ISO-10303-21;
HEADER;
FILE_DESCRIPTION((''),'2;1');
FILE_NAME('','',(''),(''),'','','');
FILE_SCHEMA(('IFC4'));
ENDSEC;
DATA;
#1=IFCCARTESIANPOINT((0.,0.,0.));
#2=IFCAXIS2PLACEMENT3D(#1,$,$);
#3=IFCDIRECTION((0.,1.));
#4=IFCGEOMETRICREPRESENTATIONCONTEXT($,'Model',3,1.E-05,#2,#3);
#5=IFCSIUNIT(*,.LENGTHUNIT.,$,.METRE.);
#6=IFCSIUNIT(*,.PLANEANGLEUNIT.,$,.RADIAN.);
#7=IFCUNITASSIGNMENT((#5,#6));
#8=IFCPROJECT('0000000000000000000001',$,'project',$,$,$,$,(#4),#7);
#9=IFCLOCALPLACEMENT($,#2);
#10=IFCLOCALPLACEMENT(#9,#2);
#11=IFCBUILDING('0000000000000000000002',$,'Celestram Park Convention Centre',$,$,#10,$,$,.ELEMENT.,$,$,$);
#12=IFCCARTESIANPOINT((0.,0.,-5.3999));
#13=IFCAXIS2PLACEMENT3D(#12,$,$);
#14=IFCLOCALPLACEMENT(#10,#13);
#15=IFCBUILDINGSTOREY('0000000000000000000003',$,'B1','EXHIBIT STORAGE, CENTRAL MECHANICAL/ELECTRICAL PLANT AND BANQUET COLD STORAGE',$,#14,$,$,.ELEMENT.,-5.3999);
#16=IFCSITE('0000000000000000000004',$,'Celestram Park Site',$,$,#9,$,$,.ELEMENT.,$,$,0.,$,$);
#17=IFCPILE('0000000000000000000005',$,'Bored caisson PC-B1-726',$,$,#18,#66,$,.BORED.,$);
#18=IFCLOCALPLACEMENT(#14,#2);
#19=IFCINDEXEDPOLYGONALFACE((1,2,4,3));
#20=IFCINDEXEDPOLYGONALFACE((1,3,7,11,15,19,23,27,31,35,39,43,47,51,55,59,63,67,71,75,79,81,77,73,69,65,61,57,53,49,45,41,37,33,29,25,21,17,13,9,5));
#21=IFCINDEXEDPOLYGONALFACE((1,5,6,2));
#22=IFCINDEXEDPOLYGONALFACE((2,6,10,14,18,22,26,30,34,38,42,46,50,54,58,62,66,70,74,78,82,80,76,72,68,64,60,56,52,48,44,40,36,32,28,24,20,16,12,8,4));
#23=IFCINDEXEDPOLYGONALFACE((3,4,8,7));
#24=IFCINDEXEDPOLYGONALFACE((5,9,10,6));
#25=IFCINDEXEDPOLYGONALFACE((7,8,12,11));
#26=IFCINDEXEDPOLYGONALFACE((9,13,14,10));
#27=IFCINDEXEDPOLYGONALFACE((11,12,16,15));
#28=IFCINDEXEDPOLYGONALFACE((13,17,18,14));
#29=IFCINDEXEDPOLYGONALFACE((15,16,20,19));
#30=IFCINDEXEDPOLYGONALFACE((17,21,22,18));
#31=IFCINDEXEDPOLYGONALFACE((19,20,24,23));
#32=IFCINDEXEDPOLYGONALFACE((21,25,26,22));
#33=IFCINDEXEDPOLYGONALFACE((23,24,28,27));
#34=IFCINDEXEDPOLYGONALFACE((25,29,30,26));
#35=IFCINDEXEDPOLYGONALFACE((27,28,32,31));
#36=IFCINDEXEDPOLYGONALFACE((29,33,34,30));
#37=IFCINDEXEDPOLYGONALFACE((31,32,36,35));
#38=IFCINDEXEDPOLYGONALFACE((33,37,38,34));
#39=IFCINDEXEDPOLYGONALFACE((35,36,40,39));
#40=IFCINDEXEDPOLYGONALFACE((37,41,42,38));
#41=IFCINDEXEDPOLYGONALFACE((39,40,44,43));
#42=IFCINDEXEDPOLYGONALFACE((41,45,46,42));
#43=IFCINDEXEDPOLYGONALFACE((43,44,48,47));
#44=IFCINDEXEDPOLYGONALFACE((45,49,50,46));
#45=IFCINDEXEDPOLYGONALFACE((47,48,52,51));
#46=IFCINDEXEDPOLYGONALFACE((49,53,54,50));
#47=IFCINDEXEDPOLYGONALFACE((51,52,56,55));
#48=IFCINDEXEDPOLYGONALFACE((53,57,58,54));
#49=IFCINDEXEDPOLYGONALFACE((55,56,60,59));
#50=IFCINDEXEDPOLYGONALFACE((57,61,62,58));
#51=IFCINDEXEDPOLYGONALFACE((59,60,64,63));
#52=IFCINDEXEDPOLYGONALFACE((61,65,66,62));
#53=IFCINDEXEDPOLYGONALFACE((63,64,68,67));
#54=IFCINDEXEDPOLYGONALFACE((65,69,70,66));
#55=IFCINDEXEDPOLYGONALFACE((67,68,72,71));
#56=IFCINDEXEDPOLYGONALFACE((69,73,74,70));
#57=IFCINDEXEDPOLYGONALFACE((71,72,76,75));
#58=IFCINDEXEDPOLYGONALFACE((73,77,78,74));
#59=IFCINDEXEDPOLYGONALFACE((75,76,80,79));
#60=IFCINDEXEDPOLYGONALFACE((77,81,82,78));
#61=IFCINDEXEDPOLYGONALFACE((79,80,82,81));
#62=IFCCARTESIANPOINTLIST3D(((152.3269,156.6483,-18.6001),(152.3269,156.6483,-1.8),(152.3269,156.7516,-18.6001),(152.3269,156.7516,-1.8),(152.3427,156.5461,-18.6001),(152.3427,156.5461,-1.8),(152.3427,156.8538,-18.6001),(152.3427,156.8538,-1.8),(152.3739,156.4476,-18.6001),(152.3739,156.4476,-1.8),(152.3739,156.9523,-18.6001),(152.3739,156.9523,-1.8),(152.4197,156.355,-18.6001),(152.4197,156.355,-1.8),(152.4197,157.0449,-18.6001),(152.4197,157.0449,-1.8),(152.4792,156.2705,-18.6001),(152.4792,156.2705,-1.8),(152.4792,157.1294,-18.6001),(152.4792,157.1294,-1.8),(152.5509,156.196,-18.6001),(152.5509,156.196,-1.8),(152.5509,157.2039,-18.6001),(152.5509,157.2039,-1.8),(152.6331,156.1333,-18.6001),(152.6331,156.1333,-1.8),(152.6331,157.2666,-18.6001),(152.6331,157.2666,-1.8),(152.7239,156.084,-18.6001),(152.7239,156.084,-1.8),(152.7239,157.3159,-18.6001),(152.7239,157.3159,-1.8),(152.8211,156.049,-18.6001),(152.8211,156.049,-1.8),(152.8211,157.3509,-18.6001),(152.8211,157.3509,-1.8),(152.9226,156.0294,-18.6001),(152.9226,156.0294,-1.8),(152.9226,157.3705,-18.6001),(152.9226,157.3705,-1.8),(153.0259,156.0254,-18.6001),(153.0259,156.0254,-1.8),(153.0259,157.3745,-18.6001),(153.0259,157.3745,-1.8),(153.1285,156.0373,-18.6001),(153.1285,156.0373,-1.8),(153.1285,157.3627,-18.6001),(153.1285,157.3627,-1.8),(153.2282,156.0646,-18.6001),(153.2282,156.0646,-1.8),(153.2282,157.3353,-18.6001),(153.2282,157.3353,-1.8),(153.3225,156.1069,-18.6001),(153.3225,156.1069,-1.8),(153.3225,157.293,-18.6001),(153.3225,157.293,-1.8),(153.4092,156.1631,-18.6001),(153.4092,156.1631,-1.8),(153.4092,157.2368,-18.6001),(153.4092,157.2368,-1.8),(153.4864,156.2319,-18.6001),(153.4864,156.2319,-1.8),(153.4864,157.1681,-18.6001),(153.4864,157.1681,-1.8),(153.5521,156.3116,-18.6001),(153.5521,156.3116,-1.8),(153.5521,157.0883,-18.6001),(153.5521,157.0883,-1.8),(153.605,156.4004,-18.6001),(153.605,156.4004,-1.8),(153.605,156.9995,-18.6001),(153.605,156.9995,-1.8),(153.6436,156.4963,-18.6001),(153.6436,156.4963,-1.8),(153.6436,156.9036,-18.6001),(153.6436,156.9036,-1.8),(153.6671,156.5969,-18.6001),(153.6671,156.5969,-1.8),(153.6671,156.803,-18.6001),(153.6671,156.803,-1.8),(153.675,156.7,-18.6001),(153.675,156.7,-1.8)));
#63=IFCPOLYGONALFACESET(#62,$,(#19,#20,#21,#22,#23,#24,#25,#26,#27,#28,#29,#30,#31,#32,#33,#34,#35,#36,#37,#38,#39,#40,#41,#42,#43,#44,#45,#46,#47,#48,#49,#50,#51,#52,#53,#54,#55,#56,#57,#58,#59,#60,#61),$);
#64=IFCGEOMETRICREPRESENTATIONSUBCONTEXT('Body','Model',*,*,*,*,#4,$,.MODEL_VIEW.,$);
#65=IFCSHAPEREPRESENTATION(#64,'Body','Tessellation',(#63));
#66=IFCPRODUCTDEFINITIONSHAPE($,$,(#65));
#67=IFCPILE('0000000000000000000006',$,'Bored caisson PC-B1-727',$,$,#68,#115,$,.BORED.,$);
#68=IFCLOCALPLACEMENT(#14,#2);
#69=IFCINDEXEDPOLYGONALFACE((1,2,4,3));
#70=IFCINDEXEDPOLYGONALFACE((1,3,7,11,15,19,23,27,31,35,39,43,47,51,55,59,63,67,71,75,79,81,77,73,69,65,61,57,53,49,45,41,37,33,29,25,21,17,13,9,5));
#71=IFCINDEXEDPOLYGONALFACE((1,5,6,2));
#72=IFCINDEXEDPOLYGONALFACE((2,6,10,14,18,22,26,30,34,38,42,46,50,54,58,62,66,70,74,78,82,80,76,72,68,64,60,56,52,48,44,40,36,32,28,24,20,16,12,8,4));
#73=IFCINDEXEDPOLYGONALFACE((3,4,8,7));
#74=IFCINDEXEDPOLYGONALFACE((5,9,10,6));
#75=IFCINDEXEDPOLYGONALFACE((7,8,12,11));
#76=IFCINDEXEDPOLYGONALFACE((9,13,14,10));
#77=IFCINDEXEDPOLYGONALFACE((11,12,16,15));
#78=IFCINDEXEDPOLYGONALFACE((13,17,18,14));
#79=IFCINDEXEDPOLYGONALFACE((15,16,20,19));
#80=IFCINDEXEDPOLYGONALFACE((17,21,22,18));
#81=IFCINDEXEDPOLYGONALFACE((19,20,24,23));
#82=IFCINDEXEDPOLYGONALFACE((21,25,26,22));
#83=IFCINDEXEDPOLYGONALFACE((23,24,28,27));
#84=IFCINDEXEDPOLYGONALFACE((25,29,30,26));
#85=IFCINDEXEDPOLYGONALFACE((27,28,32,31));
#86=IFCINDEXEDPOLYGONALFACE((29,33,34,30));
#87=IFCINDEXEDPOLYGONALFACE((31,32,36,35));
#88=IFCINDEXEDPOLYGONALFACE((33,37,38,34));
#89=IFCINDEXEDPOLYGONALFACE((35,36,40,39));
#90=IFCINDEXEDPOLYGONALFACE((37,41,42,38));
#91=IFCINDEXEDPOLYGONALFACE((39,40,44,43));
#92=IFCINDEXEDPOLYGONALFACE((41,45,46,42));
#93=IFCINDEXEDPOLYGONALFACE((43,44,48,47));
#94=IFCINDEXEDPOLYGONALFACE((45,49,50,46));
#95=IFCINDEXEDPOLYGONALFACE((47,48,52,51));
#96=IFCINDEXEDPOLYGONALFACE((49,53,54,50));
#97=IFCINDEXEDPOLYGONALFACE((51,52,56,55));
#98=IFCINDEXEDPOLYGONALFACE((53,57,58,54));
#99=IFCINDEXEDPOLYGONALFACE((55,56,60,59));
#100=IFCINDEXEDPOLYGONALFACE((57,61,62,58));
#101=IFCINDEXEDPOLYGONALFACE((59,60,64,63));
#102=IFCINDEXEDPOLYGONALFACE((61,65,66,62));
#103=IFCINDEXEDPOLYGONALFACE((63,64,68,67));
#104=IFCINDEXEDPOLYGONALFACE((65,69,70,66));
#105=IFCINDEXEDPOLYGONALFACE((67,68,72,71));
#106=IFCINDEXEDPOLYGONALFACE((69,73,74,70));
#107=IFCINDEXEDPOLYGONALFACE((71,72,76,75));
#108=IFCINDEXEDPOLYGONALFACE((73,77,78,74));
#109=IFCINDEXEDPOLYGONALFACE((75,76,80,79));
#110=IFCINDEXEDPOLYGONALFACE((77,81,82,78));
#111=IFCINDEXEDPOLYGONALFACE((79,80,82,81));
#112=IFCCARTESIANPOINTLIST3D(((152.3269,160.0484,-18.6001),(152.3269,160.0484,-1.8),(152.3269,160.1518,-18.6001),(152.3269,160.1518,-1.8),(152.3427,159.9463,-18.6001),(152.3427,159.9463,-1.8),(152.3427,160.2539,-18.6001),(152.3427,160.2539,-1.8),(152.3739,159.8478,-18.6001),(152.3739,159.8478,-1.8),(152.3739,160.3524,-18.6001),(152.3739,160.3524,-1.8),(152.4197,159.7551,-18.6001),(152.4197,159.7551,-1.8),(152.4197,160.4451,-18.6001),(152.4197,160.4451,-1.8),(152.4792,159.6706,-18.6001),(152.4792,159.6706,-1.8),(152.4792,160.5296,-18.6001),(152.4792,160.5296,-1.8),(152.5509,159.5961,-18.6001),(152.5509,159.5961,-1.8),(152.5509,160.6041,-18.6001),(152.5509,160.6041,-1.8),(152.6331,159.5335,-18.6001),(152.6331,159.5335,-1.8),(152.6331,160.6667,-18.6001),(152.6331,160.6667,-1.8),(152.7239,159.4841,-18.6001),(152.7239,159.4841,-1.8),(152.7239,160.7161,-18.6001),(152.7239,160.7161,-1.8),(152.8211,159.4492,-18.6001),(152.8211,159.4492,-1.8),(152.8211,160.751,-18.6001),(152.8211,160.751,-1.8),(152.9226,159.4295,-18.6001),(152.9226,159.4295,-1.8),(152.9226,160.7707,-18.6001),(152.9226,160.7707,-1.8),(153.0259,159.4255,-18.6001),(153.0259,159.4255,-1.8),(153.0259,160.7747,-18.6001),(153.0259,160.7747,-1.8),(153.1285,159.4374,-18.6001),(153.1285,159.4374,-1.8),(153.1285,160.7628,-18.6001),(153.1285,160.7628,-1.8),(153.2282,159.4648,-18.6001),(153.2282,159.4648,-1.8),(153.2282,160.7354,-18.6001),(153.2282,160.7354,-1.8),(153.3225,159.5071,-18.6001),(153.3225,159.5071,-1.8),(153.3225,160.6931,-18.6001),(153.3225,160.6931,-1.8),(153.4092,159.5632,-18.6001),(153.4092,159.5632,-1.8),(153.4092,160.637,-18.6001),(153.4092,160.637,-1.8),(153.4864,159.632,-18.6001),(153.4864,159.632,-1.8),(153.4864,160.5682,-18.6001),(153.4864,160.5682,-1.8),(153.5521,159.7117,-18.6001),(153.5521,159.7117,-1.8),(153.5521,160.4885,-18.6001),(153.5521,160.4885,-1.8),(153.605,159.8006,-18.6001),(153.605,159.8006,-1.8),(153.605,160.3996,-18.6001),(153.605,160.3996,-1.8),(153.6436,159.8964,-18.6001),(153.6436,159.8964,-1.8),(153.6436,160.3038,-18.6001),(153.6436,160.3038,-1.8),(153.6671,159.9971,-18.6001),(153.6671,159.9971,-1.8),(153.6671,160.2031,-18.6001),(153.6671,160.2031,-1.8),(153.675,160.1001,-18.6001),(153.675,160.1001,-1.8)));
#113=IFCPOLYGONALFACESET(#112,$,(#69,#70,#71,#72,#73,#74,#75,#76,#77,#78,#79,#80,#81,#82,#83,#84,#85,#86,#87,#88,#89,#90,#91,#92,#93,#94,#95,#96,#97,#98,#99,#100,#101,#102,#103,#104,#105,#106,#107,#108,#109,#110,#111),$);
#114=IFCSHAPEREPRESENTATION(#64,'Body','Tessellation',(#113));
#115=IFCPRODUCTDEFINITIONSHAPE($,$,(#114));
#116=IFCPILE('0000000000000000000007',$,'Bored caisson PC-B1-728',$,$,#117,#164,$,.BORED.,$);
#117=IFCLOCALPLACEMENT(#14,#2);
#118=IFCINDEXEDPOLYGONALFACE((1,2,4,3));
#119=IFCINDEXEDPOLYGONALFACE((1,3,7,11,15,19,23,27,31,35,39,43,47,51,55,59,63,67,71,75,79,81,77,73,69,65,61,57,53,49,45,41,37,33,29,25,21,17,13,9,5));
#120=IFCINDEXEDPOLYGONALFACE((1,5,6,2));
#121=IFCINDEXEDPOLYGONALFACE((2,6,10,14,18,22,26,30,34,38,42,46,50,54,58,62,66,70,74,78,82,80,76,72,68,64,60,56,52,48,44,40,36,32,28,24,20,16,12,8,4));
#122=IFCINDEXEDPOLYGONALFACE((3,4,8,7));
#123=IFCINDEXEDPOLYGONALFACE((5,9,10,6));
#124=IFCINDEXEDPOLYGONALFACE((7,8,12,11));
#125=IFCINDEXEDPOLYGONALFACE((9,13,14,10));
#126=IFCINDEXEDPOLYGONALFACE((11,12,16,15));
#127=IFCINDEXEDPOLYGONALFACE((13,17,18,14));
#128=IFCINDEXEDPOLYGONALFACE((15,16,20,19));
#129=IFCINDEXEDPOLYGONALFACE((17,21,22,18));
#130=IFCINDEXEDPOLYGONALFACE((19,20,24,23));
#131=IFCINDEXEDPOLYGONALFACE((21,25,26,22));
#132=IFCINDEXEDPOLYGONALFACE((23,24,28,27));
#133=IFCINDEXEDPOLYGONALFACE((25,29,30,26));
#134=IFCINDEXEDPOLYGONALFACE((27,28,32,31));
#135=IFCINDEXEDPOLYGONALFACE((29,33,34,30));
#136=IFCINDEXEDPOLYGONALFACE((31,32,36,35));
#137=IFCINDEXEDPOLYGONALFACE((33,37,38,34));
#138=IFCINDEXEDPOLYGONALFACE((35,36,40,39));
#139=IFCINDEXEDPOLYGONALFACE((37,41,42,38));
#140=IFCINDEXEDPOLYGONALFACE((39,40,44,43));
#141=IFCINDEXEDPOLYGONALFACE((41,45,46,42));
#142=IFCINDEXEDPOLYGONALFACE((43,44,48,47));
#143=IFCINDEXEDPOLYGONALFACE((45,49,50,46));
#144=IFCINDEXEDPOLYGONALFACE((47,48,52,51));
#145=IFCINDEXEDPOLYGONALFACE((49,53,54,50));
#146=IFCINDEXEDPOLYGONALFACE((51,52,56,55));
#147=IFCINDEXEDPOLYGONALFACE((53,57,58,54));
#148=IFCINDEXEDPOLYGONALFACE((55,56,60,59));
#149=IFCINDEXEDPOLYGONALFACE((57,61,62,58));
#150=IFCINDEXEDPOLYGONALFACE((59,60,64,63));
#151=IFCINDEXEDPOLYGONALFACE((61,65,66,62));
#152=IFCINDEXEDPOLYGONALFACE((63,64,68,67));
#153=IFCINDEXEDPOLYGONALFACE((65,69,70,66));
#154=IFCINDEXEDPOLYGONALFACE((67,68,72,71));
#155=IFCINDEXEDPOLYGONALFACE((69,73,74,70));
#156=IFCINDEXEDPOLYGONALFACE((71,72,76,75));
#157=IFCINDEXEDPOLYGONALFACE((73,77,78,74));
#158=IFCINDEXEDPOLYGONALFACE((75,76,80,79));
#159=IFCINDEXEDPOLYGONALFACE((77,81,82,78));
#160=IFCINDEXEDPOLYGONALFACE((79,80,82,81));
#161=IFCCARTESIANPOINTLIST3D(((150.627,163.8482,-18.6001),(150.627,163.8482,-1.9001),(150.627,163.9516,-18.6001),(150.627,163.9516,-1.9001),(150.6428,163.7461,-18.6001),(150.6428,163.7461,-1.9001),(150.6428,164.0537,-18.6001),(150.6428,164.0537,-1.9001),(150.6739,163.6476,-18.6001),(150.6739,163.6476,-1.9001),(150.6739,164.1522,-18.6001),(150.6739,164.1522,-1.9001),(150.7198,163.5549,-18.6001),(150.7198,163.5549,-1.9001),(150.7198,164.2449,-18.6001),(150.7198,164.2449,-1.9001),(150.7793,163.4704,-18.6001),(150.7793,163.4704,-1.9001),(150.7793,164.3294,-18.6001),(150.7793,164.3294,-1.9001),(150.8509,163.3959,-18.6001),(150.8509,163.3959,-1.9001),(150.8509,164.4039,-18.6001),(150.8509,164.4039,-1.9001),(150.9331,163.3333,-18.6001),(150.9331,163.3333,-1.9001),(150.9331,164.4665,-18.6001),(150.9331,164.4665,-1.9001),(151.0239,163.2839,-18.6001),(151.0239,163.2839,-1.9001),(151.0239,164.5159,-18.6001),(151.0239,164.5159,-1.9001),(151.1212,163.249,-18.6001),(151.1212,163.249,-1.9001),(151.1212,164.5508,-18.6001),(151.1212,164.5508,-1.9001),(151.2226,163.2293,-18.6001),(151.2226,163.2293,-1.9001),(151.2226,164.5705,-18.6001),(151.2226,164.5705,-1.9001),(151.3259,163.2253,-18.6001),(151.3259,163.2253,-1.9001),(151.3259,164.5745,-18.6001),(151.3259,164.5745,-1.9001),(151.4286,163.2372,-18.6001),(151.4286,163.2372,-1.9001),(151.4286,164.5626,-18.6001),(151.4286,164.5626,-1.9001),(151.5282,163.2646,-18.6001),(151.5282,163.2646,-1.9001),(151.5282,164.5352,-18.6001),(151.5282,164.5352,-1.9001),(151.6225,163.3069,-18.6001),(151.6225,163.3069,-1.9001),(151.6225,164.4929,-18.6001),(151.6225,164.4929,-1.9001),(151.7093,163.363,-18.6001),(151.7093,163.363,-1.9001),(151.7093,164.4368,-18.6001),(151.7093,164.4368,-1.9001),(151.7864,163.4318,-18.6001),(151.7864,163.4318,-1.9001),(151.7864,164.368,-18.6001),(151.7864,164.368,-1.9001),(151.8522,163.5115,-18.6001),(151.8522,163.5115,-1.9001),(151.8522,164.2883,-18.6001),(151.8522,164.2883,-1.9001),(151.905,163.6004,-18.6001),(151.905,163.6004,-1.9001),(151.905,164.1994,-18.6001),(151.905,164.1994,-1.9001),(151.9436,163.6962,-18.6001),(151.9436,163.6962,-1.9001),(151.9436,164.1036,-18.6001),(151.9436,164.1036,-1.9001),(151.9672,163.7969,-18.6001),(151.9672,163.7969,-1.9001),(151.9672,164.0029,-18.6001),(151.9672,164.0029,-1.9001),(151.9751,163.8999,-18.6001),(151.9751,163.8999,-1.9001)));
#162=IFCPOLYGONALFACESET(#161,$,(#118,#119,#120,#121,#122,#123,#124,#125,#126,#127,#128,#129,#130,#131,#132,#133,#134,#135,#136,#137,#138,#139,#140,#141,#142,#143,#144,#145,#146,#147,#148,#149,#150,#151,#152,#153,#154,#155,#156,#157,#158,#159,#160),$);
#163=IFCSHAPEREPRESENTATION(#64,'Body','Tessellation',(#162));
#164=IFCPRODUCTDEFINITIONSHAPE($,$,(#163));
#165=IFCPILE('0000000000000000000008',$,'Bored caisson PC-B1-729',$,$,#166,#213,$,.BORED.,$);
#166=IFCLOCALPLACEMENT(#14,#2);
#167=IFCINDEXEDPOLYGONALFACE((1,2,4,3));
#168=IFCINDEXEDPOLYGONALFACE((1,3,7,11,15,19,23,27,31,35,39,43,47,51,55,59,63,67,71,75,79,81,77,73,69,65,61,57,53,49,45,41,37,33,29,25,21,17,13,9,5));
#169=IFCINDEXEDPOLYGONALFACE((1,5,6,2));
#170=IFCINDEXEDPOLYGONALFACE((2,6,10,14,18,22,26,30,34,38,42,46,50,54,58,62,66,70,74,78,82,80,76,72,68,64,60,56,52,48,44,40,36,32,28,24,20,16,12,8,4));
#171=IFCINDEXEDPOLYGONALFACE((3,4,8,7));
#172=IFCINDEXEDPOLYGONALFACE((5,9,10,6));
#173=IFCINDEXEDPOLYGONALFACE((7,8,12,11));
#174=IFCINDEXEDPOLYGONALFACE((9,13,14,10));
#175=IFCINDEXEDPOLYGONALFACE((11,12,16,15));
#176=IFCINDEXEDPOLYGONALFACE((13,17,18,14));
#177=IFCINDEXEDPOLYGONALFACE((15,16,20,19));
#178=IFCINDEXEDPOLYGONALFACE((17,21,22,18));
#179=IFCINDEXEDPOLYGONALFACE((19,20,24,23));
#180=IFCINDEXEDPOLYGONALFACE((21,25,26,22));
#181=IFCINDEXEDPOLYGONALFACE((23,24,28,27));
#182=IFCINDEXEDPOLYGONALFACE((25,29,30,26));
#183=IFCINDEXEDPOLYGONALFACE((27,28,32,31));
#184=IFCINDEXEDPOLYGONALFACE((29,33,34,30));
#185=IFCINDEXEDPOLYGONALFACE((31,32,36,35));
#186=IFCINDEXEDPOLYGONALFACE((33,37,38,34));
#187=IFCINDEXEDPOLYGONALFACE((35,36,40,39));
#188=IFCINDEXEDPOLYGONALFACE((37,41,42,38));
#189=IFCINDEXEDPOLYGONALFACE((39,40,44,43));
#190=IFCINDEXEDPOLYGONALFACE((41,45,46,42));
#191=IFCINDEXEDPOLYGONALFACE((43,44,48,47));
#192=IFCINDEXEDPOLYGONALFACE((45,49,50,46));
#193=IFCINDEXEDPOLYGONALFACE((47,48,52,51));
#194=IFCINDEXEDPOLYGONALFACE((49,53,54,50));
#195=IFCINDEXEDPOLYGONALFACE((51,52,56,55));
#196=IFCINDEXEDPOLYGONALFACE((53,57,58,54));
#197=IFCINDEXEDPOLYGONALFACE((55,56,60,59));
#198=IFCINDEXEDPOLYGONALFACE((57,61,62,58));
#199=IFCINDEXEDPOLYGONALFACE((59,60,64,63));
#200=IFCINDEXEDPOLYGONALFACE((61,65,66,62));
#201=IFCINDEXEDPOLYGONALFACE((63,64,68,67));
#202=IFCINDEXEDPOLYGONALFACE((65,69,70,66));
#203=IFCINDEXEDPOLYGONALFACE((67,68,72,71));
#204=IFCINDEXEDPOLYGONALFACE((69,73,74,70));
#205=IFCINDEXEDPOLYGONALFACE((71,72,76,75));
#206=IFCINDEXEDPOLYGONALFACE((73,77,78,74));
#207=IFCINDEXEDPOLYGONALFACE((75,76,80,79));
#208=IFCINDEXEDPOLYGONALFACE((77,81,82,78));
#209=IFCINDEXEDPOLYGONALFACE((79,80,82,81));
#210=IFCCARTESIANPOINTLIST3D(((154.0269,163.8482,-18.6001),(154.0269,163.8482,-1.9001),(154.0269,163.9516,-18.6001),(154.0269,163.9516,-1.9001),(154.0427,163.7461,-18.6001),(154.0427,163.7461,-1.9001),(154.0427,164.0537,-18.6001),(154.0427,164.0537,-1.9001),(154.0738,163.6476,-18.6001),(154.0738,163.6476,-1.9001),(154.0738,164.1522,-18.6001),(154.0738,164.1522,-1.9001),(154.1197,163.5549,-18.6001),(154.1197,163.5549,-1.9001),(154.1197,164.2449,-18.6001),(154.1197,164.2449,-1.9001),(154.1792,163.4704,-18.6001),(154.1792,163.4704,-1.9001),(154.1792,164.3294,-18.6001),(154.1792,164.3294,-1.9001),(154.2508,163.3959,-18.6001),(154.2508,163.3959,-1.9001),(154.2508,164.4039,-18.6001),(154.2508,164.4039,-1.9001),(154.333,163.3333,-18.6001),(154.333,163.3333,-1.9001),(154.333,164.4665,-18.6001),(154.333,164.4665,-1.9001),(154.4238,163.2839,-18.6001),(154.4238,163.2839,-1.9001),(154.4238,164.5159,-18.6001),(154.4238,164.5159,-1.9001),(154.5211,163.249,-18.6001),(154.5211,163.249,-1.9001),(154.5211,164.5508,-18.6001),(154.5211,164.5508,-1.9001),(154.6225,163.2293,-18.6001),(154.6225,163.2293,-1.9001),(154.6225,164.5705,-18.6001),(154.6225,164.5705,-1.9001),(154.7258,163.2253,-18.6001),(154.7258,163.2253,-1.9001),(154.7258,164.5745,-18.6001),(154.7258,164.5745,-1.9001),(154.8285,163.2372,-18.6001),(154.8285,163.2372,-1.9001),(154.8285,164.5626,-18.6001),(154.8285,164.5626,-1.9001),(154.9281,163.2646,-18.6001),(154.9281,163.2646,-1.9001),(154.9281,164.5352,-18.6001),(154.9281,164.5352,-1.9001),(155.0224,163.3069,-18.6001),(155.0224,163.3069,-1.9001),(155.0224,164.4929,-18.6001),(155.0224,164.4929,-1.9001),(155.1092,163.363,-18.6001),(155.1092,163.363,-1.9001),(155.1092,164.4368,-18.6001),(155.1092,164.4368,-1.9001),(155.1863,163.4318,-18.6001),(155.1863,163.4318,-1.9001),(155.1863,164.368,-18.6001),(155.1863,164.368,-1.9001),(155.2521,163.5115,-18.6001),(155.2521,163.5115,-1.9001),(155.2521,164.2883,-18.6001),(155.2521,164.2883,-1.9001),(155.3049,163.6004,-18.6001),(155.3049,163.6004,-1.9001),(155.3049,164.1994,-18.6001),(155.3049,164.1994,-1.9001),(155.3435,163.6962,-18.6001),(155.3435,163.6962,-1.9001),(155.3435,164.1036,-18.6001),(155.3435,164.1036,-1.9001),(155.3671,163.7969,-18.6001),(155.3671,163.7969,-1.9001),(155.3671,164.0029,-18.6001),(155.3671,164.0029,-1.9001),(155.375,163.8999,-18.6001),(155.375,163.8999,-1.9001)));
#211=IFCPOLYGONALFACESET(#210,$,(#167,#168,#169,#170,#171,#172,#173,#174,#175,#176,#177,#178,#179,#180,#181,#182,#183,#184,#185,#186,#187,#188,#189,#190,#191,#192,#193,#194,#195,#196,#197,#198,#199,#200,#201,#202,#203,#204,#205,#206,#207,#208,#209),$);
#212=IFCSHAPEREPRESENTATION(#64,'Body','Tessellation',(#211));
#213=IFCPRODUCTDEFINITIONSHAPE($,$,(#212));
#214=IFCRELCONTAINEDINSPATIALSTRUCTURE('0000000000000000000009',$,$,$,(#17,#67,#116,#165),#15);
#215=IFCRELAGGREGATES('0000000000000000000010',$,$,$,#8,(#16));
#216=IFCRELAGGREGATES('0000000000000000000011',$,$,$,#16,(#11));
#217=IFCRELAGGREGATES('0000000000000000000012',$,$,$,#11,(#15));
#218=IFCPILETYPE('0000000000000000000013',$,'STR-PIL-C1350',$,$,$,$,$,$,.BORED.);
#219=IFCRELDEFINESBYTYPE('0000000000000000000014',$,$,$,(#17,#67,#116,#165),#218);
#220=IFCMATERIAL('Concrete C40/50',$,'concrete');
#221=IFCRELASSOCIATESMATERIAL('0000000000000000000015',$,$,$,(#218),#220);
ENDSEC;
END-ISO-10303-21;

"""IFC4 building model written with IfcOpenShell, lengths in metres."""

from ifc_helpers import new_model, si_unit, direction, frame, origin, origin_2d, place, context, subcontext, project, spatial, circle, extrude, material, material_profile, profile_set, type_object, element, save


model = new_model("IFC4")

# Units and contexts
model_context = context("Model", 3, precision=1e-05, world=origin(), true_north=direction((0.0, 1.0)))
body_context = subcontext(model_context, "Body", "Model", "MODEL_VIEW")
ifc_project = project(units=[si_unit("LENGTHUNIT", "METRE"), si_unit("PLANEANGLEUNIT", "RADIAN")], contexts=[model_context])

# Site, building, storey
site_placement = place(None, origin())
site = spatial("IfcSite", under=ifc_project, at=site_placement, Name="Celestram Park Site", CompositionType="ELEMENT", RefElevation=0.0)
building_placement = place(site_placement, origin())
building = spatial("IfcBuilding", under=site, at=building_placement, Name="Celestram Park Convention Centre", CompositionType="ELEMENT")
storey_placement = place(building_placement, frame((0.0, 0.0, -5.3999)))
storey = spatial("IfcBuildingStorey", under=building, at=storey_placement, Name="B1", Description="EXHIBIT STORAGE, CENTRAL MECHANICAL/ELECTRICAL PLANT AND BANQUET COLD STORAGE", CompositionType="ELEMENT", Elevation=-5.3999)

# Shared definitions
ifc_material_1 = material(Name="Concrete C40/50", Category="concrete")

# Piles
ifc_material_profile_1 = material_profile(ifc_material_1, circle(Radius=0.675, at=origin_2d()), Name="CAISSON1350")
ifc_profile_set_1 = profile_set([ifc_material_profile_1], Name="Concrete C40/50")
pile_type_1 = type_object("IfcPileType", Name="STR-PIL-C1350", PredefinedType="BORED", material=ifc_profile_set_1)
for number, where, z_axis, x_axis, name in (
    (1, (153.0, 156.7, -1.8), (0.0, 0.0, -1.0), (1.0, 0.0, 0.0), "Bored caisson PC-B1-726"),
    (2, (153.0, 160.1001, -1.8), (0.0, 0.0, -1.0), (1.0, 0.0, 0.0), "Bored caisson PC-B1-727"),
):
    element("IfcPile", number, at=place(storey_placement, frame(where, z_axis=z_axis, x_axis=x_axis)), inside=storey, type_object=pile_type_1, Name=name, PredefinedType="BORED", context=body_context, shape_type="SweptSolid", body=[
        extrude(circle(Radius=0.675, at=origin_2d()), origin(), (0.0, 0.0, 1.0), 16.8),
    ])
for number, where, z_axis, x_axis, name in (
    (3, (151.3, 163.8999, -1.9001), (0.0, 0.0, -1.0), (1.0, 0.0, 0.0), "Bored caisson PC-B1-728"),
    (4, (154.7, 163.8999, -1.9001), (0.0, 0.0, -1.0), (1.0, 0.0, 0.0), "Bored caisson PC-B1-729"),
):
    element("IfcPile", number, at=place(storey_placement, frame(where, z_axis=z_axis, x_axis=x_axis)), inside=storey, type_object=pile_type_1, Name=name, PredefinedType="BORED", context=body_context, shape_type="SweptSolid", body=[
        extrude(circle(Radius=0.675, at=origin_2d()), origin(), (0.0, 0.0, 1.0), 16.7),
    ])

save(model, "model.ifc")
